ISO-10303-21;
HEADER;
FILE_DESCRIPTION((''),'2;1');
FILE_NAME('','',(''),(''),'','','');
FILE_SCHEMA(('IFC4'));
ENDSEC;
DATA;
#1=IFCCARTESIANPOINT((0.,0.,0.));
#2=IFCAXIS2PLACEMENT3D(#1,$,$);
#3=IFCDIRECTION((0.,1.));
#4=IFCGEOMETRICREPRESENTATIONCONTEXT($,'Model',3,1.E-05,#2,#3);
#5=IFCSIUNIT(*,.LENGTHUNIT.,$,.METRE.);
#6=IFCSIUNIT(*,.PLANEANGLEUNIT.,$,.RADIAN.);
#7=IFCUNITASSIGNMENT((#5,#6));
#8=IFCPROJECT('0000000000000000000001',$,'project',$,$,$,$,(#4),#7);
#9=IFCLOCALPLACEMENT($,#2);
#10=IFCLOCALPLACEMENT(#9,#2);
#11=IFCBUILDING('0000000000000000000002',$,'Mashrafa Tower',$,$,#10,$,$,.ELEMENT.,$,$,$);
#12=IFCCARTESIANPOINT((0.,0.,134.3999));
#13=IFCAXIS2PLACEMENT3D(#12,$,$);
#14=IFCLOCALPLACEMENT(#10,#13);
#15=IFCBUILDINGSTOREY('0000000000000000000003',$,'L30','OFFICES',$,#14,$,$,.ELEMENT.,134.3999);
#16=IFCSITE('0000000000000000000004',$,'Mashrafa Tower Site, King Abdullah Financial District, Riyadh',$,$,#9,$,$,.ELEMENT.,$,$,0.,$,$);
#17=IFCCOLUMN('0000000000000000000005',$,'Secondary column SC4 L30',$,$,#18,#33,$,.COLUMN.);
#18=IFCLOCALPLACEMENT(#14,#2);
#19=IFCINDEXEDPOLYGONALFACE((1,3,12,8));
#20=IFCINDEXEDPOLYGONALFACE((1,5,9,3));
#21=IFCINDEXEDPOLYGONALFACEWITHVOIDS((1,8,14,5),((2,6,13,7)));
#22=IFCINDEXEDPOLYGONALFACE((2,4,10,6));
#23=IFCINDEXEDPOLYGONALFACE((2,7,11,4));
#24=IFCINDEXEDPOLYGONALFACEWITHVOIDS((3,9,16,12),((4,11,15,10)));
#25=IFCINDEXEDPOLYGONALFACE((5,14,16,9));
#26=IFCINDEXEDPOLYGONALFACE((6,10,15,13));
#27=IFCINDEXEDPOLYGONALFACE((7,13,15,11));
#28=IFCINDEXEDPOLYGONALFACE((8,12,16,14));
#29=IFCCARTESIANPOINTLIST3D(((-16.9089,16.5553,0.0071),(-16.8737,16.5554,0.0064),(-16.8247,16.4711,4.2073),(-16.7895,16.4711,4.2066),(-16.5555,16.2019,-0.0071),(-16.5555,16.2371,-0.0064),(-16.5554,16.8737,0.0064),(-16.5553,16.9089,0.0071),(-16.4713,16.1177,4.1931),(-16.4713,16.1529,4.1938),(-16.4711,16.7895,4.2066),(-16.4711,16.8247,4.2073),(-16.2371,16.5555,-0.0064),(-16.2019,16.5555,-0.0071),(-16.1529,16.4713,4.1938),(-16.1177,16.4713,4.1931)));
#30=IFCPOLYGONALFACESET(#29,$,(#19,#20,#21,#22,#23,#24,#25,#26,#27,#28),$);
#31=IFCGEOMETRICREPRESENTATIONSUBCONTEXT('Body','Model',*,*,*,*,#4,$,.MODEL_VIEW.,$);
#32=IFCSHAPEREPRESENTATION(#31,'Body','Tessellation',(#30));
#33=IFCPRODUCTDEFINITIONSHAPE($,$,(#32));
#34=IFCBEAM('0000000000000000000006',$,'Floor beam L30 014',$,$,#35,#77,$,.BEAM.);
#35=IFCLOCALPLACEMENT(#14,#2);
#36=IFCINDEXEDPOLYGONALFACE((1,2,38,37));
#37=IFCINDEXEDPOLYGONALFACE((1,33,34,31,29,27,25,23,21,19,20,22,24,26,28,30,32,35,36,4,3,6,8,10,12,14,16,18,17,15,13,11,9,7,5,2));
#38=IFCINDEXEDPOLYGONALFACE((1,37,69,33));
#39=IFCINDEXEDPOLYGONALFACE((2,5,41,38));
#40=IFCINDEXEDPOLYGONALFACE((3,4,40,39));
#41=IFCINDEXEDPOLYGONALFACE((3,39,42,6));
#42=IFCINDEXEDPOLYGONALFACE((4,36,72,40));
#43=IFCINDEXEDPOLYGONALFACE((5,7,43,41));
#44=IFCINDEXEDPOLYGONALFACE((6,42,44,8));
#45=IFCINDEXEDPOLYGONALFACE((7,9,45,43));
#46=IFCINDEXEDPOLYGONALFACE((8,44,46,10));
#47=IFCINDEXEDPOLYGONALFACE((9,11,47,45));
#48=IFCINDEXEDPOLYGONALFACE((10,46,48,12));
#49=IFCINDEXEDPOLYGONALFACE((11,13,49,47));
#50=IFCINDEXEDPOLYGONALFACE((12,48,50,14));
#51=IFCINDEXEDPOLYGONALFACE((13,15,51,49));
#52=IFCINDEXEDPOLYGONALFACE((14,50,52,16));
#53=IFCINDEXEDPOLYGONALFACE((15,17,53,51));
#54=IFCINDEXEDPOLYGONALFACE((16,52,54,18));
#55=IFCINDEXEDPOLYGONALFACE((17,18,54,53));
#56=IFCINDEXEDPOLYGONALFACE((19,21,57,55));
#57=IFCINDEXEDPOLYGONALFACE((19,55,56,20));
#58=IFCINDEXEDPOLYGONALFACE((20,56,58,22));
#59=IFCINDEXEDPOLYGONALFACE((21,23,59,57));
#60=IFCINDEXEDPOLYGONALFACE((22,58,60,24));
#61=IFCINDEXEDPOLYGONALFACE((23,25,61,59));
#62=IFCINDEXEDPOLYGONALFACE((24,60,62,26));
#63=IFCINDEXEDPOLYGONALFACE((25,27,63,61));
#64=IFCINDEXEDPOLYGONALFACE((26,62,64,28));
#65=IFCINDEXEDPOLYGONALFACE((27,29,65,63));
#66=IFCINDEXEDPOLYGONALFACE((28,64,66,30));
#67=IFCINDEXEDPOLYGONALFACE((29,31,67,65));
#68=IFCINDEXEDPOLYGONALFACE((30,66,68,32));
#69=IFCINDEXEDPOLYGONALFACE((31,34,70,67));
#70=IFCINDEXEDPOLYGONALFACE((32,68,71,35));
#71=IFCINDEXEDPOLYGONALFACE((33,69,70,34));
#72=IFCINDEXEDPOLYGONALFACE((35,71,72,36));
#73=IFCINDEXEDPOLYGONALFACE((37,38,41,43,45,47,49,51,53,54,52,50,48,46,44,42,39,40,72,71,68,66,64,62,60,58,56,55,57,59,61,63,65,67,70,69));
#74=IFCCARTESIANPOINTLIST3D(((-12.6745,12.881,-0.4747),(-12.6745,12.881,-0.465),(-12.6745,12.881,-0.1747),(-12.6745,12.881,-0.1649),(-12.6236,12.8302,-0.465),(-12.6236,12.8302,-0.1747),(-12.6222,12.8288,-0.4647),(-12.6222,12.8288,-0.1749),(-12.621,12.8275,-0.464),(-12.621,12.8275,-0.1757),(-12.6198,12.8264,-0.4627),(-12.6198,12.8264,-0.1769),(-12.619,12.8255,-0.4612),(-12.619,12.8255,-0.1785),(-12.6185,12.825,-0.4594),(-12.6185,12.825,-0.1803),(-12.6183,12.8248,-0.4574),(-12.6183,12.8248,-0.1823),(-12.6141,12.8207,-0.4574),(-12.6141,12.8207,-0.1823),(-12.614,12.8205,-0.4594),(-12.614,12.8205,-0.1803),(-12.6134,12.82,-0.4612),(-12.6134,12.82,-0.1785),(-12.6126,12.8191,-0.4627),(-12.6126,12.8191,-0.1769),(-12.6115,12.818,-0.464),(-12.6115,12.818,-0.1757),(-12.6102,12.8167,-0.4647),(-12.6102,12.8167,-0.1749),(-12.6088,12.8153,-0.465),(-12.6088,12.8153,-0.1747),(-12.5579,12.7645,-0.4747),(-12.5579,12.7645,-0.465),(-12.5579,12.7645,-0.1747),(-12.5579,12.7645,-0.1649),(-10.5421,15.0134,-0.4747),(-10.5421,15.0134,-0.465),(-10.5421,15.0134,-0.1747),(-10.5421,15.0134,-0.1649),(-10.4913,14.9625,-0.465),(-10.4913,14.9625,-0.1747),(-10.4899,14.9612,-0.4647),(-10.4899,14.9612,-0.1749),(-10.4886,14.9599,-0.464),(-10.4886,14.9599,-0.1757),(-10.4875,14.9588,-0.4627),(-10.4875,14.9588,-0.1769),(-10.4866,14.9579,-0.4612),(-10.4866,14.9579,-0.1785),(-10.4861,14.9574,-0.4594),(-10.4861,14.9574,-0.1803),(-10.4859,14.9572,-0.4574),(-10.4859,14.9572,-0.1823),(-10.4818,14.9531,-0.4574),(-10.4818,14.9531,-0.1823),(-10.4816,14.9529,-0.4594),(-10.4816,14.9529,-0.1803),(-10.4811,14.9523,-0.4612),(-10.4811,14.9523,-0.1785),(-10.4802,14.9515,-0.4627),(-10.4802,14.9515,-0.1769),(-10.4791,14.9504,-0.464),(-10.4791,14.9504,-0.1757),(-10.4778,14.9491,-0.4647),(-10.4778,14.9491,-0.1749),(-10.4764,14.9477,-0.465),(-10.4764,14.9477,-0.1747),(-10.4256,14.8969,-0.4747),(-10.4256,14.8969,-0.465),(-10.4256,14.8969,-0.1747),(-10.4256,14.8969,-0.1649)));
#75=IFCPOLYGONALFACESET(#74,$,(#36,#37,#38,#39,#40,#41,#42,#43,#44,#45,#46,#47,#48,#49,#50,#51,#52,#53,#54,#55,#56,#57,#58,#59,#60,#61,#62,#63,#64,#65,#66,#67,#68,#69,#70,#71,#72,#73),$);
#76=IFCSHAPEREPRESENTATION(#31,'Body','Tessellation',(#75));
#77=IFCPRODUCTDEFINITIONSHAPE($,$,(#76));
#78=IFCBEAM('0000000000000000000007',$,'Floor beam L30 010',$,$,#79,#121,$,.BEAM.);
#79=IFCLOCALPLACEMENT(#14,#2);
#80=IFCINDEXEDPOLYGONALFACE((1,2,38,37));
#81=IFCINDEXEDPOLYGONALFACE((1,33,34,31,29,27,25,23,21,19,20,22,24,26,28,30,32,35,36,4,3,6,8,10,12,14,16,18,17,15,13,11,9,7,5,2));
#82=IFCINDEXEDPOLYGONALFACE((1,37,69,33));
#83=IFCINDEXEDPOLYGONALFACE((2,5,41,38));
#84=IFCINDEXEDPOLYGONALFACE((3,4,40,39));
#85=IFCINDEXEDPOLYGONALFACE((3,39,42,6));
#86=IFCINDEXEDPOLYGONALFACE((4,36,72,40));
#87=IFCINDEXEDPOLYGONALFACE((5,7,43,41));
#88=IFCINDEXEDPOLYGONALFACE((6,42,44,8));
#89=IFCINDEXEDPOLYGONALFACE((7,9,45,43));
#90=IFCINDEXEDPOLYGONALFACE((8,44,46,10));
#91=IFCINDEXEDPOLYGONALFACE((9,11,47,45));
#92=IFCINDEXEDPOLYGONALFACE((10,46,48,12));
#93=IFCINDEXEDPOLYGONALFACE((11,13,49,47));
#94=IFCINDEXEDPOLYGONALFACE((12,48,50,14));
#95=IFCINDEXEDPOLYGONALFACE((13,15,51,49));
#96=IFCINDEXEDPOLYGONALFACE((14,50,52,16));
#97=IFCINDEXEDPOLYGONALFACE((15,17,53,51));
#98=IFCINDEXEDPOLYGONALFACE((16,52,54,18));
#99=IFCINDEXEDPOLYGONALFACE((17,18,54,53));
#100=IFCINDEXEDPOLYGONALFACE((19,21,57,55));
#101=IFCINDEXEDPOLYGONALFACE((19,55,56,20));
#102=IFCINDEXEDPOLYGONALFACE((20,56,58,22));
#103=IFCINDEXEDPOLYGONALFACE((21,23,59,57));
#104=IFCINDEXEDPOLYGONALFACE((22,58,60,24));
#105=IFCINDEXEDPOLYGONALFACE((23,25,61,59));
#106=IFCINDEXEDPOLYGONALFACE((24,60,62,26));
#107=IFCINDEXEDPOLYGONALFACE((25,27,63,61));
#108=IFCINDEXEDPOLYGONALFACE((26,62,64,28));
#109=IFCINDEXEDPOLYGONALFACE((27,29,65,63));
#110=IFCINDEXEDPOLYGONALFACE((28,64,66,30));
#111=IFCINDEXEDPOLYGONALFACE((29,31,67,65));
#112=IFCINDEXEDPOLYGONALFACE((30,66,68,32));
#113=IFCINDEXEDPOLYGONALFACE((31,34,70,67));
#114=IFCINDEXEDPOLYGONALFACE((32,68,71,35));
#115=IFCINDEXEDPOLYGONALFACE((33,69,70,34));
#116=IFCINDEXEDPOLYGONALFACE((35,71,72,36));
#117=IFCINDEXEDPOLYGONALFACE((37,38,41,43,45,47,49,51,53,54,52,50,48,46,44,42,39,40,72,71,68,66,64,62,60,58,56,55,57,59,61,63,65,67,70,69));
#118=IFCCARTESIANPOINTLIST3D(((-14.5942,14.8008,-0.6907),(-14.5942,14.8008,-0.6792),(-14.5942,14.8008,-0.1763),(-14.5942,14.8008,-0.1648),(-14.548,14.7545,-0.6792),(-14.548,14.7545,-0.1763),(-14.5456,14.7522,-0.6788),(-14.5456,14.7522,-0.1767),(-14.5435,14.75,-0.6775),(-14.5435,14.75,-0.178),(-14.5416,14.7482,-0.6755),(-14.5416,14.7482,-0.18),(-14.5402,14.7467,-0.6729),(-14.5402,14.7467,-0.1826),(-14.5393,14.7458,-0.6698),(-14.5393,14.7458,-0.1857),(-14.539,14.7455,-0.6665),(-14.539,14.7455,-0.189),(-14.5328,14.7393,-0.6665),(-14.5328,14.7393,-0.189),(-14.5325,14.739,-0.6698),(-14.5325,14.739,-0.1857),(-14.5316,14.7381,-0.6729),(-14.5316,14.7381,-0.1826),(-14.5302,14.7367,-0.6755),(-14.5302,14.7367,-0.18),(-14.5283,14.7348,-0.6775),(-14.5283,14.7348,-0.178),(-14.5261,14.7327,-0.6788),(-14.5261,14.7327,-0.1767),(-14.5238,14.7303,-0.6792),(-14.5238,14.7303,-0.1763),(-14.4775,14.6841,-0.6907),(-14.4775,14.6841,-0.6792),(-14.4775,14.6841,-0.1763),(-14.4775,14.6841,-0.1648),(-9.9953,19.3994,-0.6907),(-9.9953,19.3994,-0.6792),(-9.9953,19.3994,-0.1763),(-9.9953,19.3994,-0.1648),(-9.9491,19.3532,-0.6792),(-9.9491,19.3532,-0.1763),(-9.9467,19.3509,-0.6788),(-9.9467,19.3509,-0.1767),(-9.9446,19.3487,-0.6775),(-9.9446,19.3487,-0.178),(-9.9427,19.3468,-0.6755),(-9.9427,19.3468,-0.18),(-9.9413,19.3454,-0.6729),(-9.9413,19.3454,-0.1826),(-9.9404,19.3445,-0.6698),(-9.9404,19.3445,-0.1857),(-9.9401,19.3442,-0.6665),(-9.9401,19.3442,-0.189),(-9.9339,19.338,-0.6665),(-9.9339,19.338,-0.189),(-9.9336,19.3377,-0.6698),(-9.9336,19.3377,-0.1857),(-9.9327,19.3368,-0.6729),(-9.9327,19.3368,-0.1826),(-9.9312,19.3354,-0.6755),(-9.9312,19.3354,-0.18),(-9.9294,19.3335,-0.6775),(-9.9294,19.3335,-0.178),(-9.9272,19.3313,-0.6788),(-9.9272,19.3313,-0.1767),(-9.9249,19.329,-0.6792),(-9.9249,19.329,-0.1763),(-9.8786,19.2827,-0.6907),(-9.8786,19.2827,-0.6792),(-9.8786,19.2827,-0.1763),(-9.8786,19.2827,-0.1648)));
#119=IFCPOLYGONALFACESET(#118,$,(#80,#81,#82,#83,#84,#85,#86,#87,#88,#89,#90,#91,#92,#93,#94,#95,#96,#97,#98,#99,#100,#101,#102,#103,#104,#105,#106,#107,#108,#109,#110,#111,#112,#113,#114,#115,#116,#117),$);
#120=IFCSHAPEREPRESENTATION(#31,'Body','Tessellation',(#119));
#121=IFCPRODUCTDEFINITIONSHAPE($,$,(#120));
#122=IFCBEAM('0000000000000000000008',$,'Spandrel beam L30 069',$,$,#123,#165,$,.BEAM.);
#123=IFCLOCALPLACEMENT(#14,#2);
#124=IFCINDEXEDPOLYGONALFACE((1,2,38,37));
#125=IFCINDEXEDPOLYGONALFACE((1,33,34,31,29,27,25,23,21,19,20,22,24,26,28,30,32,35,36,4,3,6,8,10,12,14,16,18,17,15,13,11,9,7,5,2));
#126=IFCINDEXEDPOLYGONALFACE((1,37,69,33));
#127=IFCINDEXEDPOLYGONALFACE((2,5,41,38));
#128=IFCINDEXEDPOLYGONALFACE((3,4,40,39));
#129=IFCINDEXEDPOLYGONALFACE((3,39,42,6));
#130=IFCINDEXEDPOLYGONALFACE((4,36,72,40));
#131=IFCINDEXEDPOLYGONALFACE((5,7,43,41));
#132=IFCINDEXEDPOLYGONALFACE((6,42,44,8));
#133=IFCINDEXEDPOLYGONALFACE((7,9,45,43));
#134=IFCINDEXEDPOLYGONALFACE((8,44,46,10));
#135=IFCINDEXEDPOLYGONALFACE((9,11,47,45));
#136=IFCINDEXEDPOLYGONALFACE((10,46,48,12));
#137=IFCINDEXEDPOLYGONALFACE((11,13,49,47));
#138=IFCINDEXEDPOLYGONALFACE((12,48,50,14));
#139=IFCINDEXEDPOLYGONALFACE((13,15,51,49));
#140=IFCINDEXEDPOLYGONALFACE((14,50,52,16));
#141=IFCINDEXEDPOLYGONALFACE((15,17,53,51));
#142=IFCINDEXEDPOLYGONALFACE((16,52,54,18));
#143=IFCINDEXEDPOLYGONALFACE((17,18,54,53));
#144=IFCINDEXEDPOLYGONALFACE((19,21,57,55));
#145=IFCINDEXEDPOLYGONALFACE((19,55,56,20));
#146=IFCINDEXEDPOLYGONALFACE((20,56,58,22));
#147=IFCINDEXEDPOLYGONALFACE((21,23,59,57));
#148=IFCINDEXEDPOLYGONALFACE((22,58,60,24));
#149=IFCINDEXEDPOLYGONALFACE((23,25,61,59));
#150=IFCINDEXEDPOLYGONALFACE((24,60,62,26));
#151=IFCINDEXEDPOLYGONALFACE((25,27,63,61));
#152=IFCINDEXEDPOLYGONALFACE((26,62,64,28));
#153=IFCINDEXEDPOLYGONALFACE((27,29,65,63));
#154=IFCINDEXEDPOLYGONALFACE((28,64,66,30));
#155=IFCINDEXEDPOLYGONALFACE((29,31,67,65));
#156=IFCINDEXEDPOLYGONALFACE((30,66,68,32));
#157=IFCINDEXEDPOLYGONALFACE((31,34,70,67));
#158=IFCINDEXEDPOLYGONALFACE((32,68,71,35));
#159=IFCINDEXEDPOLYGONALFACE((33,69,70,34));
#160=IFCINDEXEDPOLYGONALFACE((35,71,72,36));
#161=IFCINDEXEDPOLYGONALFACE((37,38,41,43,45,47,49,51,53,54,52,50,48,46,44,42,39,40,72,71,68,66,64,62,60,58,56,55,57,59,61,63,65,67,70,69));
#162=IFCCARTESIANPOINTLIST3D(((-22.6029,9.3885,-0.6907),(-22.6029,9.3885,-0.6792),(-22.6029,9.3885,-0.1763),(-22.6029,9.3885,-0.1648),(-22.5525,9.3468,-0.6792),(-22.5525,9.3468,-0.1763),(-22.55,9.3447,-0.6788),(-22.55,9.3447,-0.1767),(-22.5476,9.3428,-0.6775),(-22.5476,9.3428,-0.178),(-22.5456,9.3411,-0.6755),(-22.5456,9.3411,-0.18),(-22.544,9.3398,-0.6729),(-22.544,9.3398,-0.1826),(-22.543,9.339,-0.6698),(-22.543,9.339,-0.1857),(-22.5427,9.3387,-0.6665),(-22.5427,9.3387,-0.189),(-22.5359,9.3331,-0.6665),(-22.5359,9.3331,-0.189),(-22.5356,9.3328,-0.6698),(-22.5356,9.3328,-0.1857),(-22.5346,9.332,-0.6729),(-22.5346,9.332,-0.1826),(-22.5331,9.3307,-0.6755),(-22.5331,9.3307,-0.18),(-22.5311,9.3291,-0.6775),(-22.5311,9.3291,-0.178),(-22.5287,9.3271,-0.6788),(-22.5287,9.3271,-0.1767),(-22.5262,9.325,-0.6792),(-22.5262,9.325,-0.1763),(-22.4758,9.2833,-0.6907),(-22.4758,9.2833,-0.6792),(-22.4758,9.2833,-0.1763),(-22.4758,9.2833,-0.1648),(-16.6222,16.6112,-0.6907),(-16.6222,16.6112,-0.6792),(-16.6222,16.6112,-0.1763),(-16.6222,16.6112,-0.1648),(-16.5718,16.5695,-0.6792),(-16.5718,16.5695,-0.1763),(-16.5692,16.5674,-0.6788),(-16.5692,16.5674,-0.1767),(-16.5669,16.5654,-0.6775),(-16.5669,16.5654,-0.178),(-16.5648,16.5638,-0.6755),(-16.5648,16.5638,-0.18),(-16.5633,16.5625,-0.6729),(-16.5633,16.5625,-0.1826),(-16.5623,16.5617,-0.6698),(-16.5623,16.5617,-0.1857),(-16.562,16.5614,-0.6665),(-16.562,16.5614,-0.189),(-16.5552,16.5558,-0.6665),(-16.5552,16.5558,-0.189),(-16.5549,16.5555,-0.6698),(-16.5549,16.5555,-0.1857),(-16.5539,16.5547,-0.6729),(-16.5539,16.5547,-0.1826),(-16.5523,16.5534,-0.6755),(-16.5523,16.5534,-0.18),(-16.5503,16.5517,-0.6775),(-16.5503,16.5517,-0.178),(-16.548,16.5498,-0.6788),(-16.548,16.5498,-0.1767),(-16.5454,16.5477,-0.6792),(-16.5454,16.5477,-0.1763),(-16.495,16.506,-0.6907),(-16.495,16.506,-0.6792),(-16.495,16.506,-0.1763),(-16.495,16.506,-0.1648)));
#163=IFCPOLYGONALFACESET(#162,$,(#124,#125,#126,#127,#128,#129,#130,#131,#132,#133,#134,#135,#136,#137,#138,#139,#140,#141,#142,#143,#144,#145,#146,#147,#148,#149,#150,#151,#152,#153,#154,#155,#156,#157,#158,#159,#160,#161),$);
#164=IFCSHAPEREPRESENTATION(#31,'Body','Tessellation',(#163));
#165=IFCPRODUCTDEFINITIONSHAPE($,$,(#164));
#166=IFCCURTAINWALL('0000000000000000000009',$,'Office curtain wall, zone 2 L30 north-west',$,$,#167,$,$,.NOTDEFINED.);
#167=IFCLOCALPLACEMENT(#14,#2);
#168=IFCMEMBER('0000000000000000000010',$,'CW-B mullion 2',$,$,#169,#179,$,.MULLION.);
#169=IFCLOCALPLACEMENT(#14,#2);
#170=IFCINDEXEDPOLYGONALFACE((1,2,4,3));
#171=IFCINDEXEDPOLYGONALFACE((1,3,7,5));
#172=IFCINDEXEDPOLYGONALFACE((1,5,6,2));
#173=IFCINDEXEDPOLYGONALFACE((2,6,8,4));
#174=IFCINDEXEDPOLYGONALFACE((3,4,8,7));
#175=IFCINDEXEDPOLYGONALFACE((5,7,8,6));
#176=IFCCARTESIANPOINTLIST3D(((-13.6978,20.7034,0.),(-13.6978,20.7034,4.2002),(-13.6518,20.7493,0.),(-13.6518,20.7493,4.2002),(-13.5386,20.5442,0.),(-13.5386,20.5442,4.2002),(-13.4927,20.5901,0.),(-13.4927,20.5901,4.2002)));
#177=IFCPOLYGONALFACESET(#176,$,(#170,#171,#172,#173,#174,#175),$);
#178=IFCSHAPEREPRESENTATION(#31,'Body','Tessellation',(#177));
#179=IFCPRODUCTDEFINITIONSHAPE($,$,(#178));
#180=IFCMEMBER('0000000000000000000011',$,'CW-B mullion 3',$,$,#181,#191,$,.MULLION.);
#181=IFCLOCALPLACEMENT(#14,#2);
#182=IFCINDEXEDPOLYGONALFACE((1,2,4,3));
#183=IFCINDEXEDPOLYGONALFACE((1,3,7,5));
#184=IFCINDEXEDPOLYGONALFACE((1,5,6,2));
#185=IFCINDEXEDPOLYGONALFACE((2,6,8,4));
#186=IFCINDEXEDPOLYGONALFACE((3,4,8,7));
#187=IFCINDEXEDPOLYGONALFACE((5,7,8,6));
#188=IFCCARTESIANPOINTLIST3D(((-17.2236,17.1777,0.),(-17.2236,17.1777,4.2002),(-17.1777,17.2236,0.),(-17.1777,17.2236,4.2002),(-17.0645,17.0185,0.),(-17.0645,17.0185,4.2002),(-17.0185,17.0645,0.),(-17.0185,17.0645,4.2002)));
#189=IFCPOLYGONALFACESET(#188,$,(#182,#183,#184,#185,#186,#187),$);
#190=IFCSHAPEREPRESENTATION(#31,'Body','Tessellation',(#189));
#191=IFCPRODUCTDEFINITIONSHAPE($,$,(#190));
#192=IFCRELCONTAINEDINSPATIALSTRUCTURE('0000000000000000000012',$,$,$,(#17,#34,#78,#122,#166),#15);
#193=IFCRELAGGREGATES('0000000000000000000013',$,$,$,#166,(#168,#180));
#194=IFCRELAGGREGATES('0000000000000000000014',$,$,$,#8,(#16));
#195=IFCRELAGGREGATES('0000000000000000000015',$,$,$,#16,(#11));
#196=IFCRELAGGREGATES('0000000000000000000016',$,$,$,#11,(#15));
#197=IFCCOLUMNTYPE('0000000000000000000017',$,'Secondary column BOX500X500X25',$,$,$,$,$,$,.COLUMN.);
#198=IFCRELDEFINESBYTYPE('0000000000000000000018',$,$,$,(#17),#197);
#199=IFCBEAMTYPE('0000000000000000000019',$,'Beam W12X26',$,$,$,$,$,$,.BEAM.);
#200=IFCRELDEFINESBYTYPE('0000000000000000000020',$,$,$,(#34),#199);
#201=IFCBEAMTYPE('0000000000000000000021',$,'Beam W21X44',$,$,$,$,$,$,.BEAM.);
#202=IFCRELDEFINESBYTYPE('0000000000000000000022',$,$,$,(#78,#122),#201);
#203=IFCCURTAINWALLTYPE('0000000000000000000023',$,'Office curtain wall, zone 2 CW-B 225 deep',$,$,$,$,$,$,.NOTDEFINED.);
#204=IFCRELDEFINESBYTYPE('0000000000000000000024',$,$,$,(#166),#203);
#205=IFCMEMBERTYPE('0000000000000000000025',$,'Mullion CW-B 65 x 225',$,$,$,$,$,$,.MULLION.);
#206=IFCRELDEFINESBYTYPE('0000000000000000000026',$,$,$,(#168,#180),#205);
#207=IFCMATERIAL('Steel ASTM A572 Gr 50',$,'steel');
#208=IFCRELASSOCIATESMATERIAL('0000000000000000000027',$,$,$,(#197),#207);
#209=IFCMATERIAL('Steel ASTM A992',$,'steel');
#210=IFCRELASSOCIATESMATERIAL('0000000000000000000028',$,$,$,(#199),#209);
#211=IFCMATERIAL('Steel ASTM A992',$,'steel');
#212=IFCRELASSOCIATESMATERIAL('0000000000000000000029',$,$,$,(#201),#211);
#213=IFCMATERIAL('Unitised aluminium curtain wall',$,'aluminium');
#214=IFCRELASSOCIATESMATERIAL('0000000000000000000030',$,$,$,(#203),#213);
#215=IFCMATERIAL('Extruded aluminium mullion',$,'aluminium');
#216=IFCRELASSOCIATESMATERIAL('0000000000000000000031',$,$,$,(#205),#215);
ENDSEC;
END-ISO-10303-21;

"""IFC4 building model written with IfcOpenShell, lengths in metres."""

from ifc_helpers import new_model, si_unit, direction, frame, origin, origin_2d, place, context, subcontext, project, spatial, rectangle, hollow_rectangle, i_section, extrude, source, transform, mapped, material, material_profile, profile_set, type_object, type_shapes, element, aggregate, save


model = new_model("IFC4")

# Units and contexts
model_context = context("Model", 3, precision=1e-05, world=origin(), true_north=direction((0.0, 1.0)))
body_context = subcontext(model_context, "Body", "Model", "MODEL_VIEW")
ifc_project = project(units=[si_unit("LENGTHUNIT", "METRE"), si_unit("PLANEANGLEUNIT", "RADIAN")], contexts=[model_context])

# Site, building, storey
site_placement = place(None, origin())
site = spatial("IfcSite", under=ifc_project, at=site_placement, Name="Mashrafa Tower Site, King Abdullah Financial District, Riyadh", CompositionType="ELEMENT", RefElevation=0.0)
building_placement = place(site_placement, origin())
building = spatial("IfcBuilding", under=site, at=building_placement, Name="Mashrafa Tower", CompositionType="ELEMENT")
storey_placement = place(building_placement, frame((0.0, 0.0, 134.3999)))
storey = spatial("IfcBuildingStorey", under=building, at=storey_placement, Name="L30", Description="OFFICES", CompositionType="ELEMENT", Elevation=134.3999)

# Column
ifc_material_1 = material(Name="Steel ASTM A572 Gr 50", Category="steel")
ifc_material_profile_1 = material_profile(ifc_material_1, hollow_rectangle(XDim=0.5, YDim=0.5, WallThickness=0.0249, at=origin_2d()), Name="BOX500X500X25")
ifc_profile_set_1 = profile_set([ifc_material_profile_1], Name="Steel ASTM A572 Gr 50")
column_type = type_object("IfcColumnType", Name="Secondary column BOX500X500X25", PredefinedType="COLUMN", material=ifc_profile_set_1)
column_placement = place(storey_placement, frame((-16.5554, 16.5554, 0.0), z_axis=(0.020045, -0.020045, 0.999598), x_axis=(0.707107, 0.707107, 0.0)))
element("IfcColumn", 1, at=column_placement, inside=storey, type_object=column_type, Name="Secondary column SC4 L30", PredefinedType="COLUMN", context=body_context, shape_type="SweptSolid", body=[
    extrude(hollow_rectangle(XDim=0.5, YDim=0.5, WallThickness=0.0249, at=origin_2d()), origin(), (0.0, 0.0, 1.0), 4.2019),
])

# Beams
ifc_material_2 = material(Name="Steel ASTM A992", Category="steel")
ifc_material_profile_2 = material_profile(ifc_material_2, i_section(OverallWidth=0.1648, OverallDepth=0.3098, WebThickness=0.0059, FlangeThickness=0.0098, FilletRadius=0.0076, at=origin_2d()), Name="W12X26")
ifc_profile_set_2 = profile_set([ifc_material_profile_2], Name="Steel ASTM A992")
beam_type_1 = type_object("IfcBeamType", Name="Beam W12X26", PredefinedType="BEAM", material=ifc_profile_set_2)
beam_1_placement = place(storey_placement, frame((-12.6162, 12.8228, -0.3198), z_axis=(0.707107, 0.707107, 0.0), x_axis=(-0.707107, 0.707107, 0.0)))
element("IfcBeam", 2, at=beam_1_placement, inside=storey, type_object=beam_type_1, Name="Floor beam L30 014", PredefinedType="BEAM", context=body_context, shape_type="SweptSolid", body=[
    extrude(i_section(OverallWidth=0.1648, OverallDepth=0.3098, WebThickness=0.0059, FlangeThickness=0.0098, FilletRadius=0.0076, at=origin_2d()), origin(), (0.0, 0.0, 1.0), 3.0156),
])
ifc_material_3 = material(Name="Steel ASTM A992", Category="steel")
ifc_material_profile_3 = material_profile(ifc_material_3, i_section(OverallWidth=0.165, OverallDepth=0.5259, WebThickness=0.0088, FlangeThickness=0.0115, FilletRadius=0.0127, at=origin_2d()), Name="W21X44")
ifc_profile_set_3 = profile_set([ifc_material_profile_3], Name="Steel ASTM A992")
beam_type_2 = type_object("IfcBeamType", Name="Beam W21X44", PredefinedType="BEAM", material=ifc_profile_set_3)
beam_2_placement = place(storey_placement, frame((-14.5359, 14.7424, -0.4277), z_axis=(0.707126, 0.707088, 0.0), x_axis=(-0.707088, 0.707126, 0.0)))
element("IfcBeam", 3, at=beam_2_placement, inside=storey, type_object=beam_type_2, Name="Floor beam L30 010", PredefinedType="BEAM", context=body_context, shape_type="SweptSolid", body=[
    extrude(i_section(OverallWidth=0.165, OverallDepth=0.5259, WebThickness=0.0088, FlangeThickness=0.0115, FilletRadius=0.0127, at=origin_2d()), origin(), (0.0, 0.0, 1.0), 6.5037),
])
beam_3_placement = place(storey_placement, frame((-16.5586, 16.5586, -0.4277), z_axis=(-0.637779, -0.770219, 0.0), x_axis=(0.770219, -0.637779, 0.0)))
element("IfcBeam", 4, at=beam_3_placement, inside=storey, type_object=beam_type_2, Name="Spandrel beam L30 069", PredefinedType="BEAM", context=body_context, shape_type="SweptSolid", body=[
    extrude(i_section(OverallWidth=0.165, OverallDepth=0.5259, WebThickness=0.0088, FlangeThickness=0.0115, FilletRadius=0.0127, at=origin_2d()), origin(), (0.0, 0.0, 1.0), 9.3774),
])

# Curtain wall, members
ifc_material_4 = material(Name="Unitised aluminium curtain wall", Category="aluminium")
curtain_wall_type = type_object("IfcCurtainWallType", Name="Office curtain wall, zone 2 CW-B 225 deep", PredefinedType="NOTDEFINED", material=ifc_material_4)
curtain_wall_placement = place(storey_placement, origin())
curtain_wall = element("IfcCurtainWall", 5, at=curtain_wall_placement, inside=storey, type_object=curtain_wall_type, Name="Office curtain wall, zone 2 L30 north-west", PredefinedType="NOTDEFINED")
ifc_material_5 = material(Name="Extruded aluminium mullion", Category="aluminium")
ifc_material_profile_4 = material_profile(ifc_material_5, rectangle(XDim=0.2251, YDim=0.0649, at=origin_2d()), Name="Mullion 65x225")
ifc_profile_set_4 = profile_set([ifc_material_profile_4], Name="Extruded aluminium mullion")
member_type_1 = type_object("IfcMemberType", Name="Mullion CW-B 65 x 225", PredefinedType="MULLION", material=ifc_profile_set_4)
shared_shape_1 = source(origin(), body_context, "Body", "SweptSolid", [
    extrude(rectangle(XDim=0.2251, YDim=0.0649, at=origin_2d()), origin(), (0.0, 0.0, 1.0), 4.2002),
])
type_shapes(member_type_1, [shared_shape_1])
member_1_placement = place(storey_placement, frame((-13.5952, 20.6467, 0.0), z_axis=(0.0, 0.0, 1.0), x_axis=(0.707107, -0.707107, 0.0)))
member_1 = element("IfcMember", 6, at=member_1_placement, type_object=member_type_1, Name="CW-B mullion 2", PredefinedType="MULLION", context=body_context, shape_type="MappedRepresentation", body=[
    mapped(shared_shape_1, transform((0.0, 0.0, 0.0))),
])
member_2_placement = place(storey_placement, frame((-17.1211, 17.1211, 0.0), z_axis=(0.0, 0.0, 1.0), x_axis=(0.707107, -0.707107, 0.0)))
member_2 = element("IfcMember", 7, at=member_2_placement, type_object=member_type_1, Name="CW-B mullion 3", PredefinedType="MULLION", context=body_context, shape_type="MappedRepresentation", body=[
    mapped(shared_shape_1, transform((0.0, 0.0, 0.0))),
])
aggregate(curtain_wall, [member_1, member_2])

save(model, "model.ifc")
